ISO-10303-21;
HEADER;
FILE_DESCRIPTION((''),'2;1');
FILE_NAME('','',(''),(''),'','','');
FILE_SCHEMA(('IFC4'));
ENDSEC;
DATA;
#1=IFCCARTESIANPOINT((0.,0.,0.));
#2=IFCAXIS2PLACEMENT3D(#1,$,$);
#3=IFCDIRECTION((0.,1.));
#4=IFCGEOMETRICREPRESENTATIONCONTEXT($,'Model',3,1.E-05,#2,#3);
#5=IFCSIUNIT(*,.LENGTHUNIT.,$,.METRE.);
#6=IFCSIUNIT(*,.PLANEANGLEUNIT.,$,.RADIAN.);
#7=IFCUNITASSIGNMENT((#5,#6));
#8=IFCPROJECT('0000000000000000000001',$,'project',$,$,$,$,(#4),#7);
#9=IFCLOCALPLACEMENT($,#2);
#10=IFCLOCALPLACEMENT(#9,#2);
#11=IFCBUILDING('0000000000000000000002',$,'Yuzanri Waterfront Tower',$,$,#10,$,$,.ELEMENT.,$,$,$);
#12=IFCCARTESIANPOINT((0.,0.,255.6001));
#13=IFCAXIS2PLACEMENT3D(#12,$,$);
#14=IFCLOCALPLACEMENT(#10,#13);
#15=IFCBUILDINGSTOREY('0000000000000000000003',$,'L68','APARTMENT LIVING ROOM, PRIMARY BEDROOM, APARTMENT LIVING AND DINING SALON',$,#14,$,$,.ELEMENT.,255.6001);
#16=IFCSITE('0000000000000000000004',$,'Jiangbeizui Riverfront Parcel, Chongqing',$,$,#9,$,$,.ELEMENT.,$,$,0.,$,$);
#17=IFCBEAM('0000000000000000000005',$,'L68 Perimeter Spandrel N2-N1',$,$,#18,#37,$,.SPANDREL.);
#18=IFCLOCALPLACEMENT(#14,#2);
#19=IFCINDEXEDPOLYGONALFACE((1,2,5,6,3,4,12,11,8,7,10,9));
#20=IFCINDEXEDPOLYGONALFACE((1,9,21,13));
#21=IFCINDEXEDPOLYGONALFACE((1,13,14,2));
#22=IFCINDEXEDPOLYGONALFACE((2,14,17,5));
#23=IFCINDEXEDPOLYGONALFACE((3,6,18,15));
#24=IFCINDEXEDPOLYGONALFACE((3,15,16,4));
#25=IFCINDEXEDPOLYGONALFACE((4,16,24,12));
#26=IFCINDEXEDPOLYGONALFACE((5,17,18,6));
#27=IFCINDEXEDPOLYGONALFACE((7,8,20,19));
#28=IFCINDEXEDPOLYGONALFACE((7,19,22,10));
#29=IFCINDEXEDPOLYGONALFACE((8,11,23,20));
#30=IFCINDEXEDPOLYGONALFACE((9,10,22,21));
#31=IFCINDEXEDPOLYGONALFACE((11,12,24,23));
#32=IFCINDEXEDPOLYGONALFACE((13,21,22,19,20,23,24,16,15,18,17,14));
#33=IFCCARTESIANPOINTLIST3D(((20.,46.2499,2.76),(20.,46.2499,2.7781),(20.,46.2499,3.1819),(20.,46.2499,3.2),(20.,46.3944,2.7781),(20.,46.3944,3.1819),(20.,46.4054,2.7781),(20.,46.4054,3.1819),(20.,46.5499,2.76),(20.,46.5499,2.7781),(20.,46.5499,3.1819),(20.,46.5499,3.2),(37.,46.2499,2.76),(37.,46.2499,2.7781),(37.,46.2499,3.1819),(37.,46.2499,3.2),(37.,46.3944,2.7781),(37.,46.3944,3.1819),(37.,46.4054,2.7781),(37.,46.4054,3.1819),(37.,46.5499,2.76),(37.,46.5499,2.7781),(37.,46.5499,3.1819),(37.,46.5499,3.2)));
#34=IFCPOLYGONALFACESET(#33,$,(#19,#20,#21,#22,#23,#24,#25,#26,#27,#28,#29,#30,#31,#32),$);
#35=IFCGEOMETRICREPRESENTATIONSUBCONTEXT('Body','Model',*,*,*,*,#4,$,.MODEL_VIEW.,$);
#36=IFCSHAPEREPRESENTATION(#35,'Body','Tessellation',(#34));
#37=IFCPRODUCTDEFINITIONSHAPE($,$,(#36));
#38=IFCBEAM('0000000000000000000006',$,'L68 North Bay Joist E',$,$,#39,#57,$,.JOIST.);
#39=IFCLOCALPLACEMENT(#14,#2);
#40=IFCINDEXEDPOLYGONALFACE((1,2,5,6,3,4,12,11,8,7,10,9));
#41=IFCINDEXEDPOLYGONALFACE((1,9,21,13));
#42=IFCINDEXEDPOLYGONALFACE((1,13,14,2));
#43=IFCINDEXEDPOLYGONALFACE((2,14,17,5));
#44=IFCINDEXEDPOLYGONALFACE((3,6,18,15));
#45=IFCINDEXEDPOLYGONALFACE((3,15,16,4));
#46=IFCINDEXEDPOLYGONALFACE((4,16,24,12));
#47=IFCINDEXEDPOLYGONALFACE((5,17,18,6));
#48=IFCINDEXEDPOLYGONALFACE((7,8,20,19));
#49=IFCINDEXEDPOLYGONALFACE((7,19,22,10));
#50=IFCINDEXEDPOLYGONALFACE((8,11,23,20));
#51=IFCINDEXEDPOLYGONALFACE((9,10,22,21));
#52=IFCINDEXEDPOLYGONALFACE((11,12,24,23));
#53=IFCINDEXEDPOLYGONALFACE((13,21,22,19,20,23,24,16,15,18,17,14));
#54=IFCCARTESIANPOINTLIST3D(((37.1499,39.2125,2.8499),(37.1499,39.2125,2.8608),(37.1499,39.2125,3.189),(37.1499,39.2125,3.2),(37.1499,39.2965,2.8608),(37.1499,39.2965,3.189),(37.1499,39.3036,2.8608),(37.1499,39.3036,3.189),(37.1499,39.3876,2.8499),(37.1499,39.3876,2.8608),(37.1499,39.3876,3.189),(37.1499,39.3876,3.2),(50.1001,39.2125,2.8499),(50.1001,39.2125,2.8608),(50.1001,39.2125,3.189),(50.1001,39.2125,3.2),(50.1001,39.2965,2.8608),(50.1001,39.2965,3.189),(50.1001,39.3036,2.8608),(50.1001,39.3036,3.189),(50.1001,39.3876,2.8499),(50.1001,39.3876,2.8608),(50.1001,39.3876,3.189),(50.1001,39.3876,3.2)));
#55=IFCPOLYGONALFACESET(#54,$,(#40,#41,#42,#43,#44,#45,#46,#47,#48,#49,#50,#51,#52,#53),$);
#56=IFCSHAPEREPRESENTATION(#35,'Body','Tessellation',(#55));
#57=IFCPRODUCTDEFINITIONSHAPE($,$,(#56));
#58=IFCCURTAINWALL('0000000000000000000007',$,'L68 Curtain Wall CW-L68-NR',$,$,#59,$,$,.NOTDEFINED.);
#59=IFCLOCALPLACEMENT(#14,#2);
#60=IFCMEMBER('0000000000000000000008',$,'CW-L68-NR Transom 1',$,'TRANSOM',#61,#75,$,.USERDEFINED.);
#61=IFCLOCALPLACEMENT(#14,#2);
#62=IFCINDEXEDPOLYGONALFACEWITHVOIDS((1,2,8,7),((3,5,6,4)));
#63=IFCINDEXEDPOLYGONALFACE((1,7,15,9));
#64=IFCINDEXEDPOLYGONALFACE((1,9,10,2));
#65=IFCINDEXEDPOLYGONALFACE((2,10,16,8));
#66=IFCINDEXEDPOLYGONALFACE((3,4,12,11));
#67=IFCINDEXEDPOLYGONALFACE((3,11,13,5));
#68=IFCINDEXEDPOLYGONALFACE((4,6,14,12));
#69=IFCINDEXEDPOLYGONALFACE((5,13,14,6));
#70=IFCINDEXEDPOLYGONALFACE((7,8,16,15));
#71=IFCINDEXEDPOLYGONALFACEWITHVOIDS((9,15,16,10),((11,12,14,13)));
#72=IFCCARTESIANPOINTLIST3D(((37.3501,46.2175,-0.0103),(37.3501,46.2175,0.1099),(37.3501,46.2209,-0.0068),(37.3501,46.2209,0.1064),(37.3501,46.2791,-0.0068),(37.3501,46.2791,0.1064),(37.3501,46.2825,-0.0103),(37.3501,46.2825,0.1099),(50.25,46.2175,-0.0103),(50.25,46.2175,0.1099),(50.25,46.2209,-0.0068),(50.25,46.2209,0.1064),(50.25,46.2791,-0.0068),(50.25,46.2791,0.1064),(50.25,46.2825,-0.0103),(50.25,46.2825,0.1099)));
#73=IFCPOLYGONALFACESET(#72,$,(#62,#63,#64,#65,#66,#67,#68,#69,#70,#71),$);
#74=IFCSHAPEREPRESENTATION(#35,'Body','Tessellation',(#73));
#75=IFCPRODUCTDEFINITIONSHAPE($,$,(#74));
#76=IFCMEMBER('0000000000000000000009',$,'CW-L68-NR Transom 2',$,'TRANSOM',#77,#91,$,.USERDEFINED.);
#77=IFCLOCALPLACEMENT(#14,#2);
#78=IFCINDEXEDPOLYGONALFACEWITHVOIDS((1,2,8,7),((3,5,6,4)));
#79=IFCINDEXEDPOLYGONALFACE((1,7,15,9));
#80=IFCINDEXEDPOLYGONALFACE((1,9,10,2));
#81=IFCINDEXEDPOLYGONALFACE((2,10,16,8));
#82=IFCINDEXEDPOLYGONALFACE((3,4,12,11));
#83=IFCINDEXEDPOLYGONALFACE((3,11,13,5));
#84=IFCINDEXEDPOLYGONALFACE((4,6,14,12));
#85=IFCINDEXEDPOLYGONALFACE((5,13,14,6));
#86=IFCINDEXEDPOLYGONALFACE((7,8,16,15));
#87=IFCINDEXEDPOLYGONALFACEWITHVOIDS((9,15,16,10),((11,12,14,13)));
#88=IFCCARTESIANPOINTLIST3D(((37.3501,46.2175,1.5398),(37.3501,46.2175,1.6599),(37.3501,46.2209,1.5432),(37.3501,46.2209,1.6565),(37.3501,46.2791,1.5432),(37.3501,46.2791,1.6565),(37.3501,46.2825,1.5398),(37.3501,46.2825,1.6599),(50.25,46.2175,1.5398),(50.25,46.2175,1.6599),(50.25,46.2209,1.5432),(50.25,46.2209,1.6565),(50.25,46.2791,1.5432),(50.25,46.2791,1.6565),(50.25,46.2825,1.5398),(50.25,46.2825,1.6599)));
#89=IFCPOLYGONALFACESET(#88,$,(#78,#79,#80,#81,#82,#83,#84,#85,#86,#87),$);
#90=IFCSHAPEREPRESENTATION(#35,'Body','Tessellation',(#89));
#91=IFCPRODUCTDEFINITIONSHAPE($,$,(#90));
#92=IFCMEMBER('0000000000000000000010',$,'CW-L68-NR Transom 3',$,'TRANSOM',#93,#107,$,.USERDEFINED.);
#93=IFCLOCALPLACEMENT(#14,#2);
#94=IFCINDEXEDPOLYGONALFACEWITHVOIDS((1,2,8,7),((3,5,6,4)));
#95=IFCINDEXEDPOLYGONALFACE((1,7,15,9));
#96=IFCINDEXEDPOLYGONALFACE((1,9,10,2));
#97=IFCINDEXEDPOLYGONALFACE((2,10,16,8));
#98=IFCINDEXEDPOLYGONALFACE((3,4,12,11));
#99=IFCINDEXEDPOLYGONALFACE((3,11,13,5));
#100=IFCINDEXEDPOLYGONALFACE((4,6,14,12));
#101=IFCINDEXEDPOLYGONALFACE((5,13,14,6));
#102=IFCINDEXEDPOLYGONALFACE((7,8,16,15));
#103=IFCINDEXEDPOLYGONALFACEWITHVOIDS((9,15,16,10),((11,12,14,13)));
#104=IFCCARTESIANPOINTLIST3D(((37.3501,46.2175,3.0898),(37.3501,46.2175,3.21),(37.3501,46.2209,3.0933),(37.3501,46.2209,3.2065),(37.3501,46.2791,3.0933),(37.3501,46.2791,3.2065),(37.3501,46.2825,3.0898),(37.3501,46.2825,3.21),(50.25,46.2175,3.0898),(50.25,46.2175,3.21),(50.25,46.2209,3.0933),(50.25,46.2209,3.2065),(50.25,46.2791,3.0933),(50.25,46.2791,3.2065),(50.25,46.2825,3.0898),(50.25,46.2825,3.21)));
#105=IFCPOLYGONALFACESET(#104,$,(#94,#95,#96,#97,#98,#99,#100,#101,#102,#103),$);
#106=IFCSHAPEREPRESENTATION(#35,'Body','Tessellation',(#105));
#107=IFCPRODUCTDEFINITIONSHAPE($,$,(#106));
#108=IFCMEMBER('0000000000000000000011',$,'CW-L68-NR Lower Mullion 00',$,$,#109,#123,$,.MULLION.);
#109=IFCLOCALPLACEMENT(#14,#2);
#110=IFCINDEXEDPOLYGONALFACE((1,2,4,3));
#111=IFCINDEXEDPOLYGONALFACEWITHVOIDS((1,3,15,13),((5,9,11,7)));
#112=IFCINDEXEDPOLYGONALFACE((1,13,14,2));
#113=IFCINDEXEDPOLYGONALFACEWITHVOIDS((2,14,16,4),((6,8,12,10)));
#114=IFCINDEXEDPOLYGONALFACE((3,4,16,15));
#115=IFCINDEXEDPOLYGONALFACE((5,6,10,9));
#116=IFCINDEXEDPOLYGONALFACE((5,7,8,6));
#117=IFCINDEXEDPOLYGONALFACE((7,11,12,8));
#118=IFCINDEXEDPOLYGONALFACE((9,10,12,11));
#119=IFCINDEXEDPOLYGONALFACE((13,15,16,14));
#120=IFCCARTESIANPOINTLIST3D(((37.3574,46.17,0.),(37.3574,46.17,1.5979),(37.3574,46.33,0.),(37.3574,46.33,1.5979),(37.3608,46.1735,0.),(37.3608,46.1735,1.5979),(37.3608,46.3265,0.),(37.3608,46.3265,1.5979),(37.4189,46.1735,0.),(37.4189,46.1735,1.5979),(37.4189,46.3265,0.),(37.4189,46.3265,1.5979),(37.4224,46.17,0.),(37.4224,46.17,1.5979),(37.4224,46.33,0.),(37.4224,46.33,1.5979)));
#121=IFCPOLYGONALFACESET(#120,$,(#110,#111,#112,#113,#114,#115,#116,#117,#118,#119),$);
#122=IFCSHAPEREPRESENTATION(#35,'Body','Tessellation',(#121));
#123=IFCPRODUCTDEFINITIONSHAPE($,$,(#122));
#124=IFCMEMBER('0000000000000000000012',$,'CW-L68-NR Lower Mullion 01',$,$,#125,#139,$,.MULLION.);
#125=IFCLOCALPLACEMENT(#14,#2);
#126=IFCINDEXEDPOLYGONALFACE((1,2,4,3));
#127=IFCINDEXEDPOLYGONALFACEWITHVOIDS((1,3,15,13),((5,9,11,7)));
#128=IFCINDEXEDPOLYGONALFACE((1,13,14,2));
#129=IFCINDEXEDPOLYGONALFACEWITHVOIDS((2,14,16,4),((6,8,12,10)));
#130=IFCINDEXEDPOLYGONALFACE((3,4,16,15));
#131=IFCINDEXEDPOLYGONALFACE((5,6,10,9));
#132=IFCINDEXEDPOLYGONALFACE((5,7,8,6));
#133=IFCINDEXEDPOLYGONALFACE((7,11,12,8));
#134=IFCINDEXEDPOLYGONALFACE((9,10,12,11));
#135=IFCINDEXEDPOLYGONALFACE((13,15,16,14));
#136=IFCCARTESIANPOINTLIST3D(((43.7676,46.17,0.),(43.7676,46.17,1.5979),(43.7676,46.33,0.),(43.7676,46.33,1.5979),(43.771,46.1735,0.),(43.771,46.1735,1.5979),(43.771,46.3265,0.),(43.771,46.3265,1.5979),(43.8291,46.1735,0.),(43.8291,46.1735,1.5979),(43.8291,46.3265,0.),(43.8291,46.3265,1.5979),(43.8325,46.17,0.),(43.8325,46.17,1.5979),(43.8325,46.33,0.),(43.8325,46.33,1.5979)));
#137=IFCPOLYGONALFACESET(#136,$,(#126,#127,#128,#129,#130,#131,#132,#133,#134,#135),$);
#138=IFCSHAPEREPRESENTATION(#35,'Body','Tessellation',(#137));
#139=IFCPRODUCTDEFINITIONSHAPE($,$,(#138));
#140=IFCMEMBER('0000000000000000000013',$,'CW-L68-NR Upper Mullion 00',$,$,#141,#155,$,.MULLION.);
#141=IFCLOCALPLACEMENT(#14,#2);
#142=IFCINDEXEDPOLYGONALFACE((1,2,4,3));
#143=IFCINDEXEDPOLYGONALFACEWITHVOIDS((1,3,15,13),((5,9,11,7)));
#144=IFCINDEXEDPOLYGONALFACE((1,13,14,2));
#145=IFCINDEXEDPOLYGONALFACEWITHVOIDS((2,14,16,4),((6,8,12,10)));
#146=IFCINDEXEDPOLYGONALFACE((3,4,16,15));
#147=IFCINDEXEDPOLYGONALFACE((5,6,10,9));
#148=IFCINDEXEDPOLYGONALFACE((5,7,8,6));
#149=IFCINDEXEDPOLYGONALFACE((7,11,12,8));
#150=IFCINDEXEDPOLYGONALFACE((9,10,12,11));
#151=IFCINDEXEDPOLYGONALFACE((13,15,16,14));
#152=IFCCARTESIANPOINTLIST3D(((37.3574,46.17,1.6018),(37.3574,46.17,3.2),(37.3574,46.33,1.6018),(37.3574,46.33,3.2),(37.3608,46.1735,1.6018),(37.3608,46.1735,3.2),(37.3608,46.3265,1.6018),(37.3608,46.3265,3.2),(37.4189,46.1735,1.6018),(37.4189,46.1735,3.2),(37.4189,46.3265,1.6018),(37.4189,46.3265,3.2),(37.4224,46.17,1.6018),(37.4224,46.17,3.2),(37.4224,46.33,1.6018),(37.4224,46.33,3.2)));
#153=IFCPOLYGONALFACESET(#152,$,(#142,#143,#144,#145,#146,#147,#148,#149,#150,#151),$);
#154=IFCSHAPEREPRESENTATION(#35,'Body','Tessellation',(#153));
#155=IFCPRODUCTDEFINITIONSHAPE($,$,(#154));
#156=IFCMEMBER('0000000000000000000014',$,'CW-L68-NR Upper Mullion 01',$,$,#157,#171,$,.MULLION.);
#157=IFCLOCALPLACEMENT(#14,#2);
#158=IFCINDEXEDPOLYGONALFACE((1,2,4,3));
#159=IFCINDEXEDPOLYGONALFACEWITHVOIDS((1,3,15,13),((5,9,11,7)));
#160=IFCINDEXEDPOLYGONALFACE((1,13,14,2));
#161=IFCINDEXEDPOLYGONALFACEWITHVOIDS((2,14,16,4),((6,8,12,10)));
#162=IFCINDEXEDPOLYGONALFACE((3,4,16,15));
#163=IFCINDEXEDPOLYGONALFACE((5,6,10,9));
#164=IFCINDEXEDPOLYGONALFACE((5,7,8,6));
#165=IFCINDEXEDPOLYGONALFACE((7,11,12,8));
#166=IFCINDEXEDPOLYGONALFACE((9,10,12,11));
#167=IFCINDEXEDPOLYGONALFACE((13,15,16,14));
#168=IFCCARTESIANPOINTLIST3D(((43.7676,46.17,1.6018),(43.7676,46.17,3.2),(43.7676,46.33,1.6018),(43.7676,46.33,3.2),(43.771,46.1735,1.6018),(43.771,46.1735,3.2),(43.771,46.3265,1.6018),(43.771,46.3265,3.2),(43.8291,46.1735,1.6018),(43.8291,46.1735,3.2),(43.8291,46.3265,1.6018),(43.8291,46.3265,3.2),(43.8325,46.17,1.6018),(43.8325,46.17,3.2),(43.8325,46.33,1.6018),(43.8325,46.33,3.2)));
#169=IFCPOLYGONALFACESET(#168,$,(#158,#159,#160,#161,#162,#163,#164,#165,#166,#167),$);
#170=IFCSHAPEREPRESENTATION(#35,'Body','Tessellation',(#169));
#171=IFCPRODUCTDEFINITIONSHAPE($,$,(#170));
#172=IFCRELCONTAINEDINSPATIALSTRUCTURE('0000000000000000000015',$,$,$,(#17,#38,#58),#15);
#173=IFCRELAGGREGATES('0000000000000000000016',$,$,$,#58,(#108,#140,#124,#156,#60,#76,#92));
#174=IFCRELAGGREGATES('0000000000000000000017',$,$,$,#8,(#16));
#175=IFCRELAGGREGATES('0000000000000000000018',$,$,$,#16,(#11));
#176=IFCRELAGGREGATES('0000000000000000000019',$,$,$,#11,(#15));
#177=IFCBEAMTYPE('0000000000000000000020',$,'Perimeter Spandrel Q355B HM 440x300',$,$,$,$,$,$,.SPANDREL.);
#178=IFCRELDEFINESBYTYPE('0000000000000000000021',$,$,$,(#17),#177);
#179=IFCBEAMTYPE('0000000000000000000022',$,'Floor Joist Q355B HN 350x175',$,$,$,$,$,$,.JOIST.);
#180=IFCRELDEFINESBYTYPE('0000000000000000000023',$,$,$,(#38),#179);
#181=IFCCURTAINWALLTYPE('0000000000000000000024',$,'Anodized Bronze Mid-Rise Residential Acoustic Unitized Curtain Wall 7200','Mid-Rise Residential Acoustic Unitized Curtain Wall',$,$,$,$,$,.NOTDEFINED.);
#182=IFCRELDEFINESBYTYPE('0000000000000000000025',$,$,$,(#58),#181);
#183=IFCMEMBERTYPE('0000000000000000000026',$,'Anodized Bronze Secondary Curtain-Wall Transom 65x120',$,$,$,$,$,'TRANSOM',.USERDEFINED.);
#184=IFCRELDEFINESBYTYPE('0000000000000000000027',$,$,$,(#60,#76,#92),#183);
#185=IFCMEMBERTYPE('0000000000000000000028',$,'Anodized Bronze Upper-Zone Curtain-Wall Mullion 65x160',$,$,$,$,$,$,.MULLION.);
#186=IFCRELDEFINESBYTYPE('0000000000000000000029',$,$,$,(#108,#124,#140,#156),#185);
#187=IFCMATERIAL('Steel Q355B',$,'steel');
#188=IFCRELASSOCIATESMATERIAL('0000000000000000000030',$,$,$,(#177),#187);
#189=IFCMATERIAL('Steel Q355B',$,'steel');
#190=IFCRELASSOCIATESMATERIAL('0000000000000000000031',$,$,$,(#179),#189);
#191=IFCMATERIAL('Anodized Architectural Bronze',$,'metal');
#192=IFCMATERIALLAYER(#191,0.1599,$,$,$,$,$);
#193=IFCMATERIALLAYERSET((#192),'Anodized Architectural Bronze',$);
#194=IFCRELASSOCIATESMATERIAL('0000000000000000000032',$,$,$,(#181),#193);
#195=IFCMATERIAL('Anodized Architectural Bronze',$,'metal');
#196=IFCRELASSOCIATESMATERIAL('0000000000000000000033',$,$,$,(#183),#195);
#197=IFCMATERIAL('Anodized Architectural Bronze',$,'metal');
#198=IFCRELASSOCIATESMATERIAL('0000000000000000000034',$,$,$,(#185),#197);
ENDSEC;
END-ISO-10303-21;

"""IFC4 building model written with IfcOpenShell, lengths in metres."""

from ifc_helpers import new_model, si_unit, direction, frame, origin, origin_2d, place, context, subcontext, project, spatial, hollow_rectangle, i_section, extrude, source, transform, mapped, material, layer, layer_set, material_profile, profile_set, type_object, element, aggregate, save


model = new_model("IFC4")

# Units and contexts
model_context = context("Model", 3, precision=1e-05, world=origin(), true_north=direction((0.0, 1.0)))
body_context = subcontext(model_context, "Body", "Model", "MODEL_VIEW")
ifc_project = project(units=[si_unit("LENGTHUNIT", "METRE"), si_unit("PLANEANGLEUNIT", "RADIAN")], contexts=[model_context])

# Site, building, storey
site_placement = place(None, origin())
site = spatial("IfcSite", under=ifc_project, at=site_placement, Name="Jiangbeizui Riverfront Parcel, Chongqing", CompositionType="ELEMENT", RefElevation=0.0)
building_placement = place(site_placement, origin())
building = spatial("IfcBuilding", under=site, at=building_placement, Name="Yuzanri Waterfront Tower", CompositionType="ELEMENT")
storey_placement = place(building_placement, frame((0.0, 0.0, 255.6001)))
storey = spatial("IfcBuildingStorey", under=building, at=storey_placement, Name="L68", Description="APARTMENT LIVING ROOM, PRIMARY BEDROOM, APARTMENT LIVING AND DINING SALON", CompositionType="ELEMENT", Elevation=255.6001)

# Beams
ifc_material_1 = material(Name="Steel Q355B", Category="steel")
ifc_material_profile_1 = material_profile(ifc_material_1, i_section(OverallWidth=0.3, OverallDepth=0.4399, WebThickness=0.011, FlangeThickness=0.0181, at=origin_2d()), Name="HM 440x300x11x18")
ifc_profile_set_1 = profile_set([ifc_material_profile_1], Name="Steel Q355B")
beam_type_1 = type_object("IfcBeamType", Name="Perimeter Spandrel Q355B HM 440x300", PredefinedType="SPANDREL", material=ifc_profile_set_1)
shared_shape_1 = source(origin(), body_context, "Body", "SweptSolid", [
    extrude(i_section(OverallWidth=0.3, OverallDepth=0.4399, WebThickness=0.011, FlangeThickness=0.0181, at=origin_2d()), origin(), (0.0, 0.0, 1.0), 17.0),
])
beam_1_placement = place(storey_placement, frame((37.0, 46.3999, 2.98), z_axis=(-1.0, 0.0, 0.0), x_axis=(0.0, -1.0, 0.0)))
element("IfcBeam", 1, at=beam_1_placement, inside=storey, type_object=beam_type_1, Name="L68 Perimeter Spandrel N2-N1", PredefinedType="SPANDREL", context=body_context, shape_type="MappedRepresentation", body=[
    mapped(shared_shape_1, transform((0.0, 0.0, 0.0), scale=1.0)),
])
ifc_material_2 = material(Name="Steel Q355B", Category="steel")
ifc_material_profile_2 = material_profile(ifc_material_2, i_section(OverallWidth=0.175, OverallDepth=0.3501, WebThickness=0.0071, FlangeThickness=0.011, at=origin_2d()), Name="HN 350x175x7x11")
ifc_profile_set_2 = profile_set([ifc_material_profile_2], Name="Steel Q355B")
beam_type_2 = type_object("IfcBeamType", Name="Floor Joist Q355B HN 350x175", PredefinedType="JOIST", material=ifc_profile_set_2)
shared_shape_2 = source(origin(), body_context, "Body", "SweptSolid", [
    extrude(i_section(OverallWidth=0.175, OverallDepth=0.3501, WebThickness=0.0071, FlangeThickness=0.011, at=origin_2d()), origin(), (0.0, 0.0, 1.0), 12.9502),
])
beam_2_placement = place(storey_placement, frame((37.1499, 39.3, 3.0249), z_axis=(1.0, 0.0, 0.0), x_axis=(0.0, 1.0, 0.0)))
element("IfcBeam", 2, at=beam_2_placement, inside=storey, type_object=beam_type_2, Name="L68 North Bay Joist E", PredefinedType="JOIST", context=body_context, shape_type="MappedRepresentation", body=[
    mapped(shared_shape_2, transform((0.0, 0.0, 0.0), scale=1.0)),
])

# Curtain wall, members
ifc_material_3 = material(Name="Anodized Architectural Bronze", Category="metal")
ifc_layer_1 = layer(ifc_material_3, 0.1599)
ifc_layer_set_1 = layer_set([ifc_layer_1], Name="Anodized Architectural Bronze")
curtain_wall_type = type_object("IfcCurtainWallType", Name="Anodized Bronze Mid-Rise Residential Acoustic Unitized Curtain Wall 7200", Description="Mid-Rise Residential Acoustic Unitized Curtain Wall", PredefinedType="NOTDEFINED", material=ifc_layer_set_1)
curtain_wall_placement = place(storey_placement, origin())
curtain_wall = element("IfcCurtainWall", 3, at=curtain_wall_placement, inside=storey, type_object=curtain_wall_type, Name="L68 Curtain Wall CW-L68-NR", PredefinedType="NOTDEFINED")
ifc_material_4 = material(Name="Anodized Architectural Bronze", Category="metal")
ifc_material_profile_3 = material_profile(ifc_material_4, hollow_rectangle(XDim=0.0649, YDim=0.1201, WallThickness=0.0034, at=origin_2d()), Name="CWT 65x120")
ifc_profile_set_3 = profile_set([ifc_material_profile_3], Name="Anodized Architectural Bronze")
member_type_1 = type_object("IfcMemberType", Name="Anodized Bronze Secondary Curtain-Wall Transom 65x120", ElementType="TRANSOM", PredefinedType="USERDEFINED", material=ifc_profile_set_3)
shared_shape_3 = source(origin(), body_context, "Body", "SweptSolid", [
    extrude(hollow_rectangle(XDim=0.0649, YDim=0.1201, WallThickness=0.0034, at=origin_2d()), origin(), (0.0, 0.0, 1.0), 12.8999),
])
member_1_placement = place(storey_placement, frame((37.3501, 46.25, 0.0498), z_axis=(1.0, 0.0, 0.0), x_axis=(0.0, 1.0, 0.0)))
member_1 = element("IfcMember", 4, at=member_1_placement, type_object=member_type_1, Name="CW-L68-NR Transom 1", ObjectType="TRANSOM", PredefinedType="USERDEFINED", context=body_context, shape_type="MappedRepresentation", body=[
    mapped(shared_shape_3, transform((0.0, 0.0, 0.0), scale=1.0)),
])
member_2_placement = place(storey_placement, frame((37.3501, 46.25, 1.5999), z_axis=(1.0, 0.0, 0.0), x_axis=(0.0, 1.0, 0.0)))
member_2 = element("IfcMember", 5, at=member_2_placement, type_object=member_type_1, Name="CW-L68-NR Transom 2", ObjectType="TRANSOM", PredefinedType="USERDEFINED", context=body_context, shape_type="MappedRepresentation", body=[
    mapped(shared_shape_3, transform((0.0, 0.0, 0.0), scale=1.0)),
])
member_3_placement = place(storey_placement, frame((37.3501, 46.25, 3.1499), z_axis=(1.0, 0.0, 0.0), x_axis=(0.0, 1.0, 0.0)))
member_3 = element("IfcMember", 6, at=member_3_placement, type_object=member_type_1, Name="CW-L68-NR Transom 3", ObjectType="TRANSOM", PredefinedType="USERDEFINED", context=body_context, shape_type="MappedRepresentation", body=[
    mapped(shared_shape_3, transform((0.0, 0.0, 0.0), scale=1.0)),
])
ifc_material_5 = material(Name="Anodized Architectural Bronze", Category="metal")
ifc_material_profile_4 = material_profile(ifc_material_5, hollow_rectangle(XDim=0.0649, YDim=0.1599, WallThickness=0.0034, at=origin_2d()), Name="CWM 65x160")
ifc_profile_set_4 = profile_set([ifc_material_profile_4], Name="Anodized Architectural Bronze")
member_type_2 = type_object("IfcMemberType", Name="Anodized Bronze Upper-Zone Curtain-Wall Mullion 65x160", PredefinedType="MULLION", material=ifc_profile_set_4)
shared_shape_4 = source(origin(), body_context, "Body", "SweptSolid", [
    extrude(hollow_rectangle(XDim=0.0649, YDim=0.1599, WallThickness=0.0034, at=origin_2d()), origin(), (0.0, 0.0, 1.0), 1.5979),
])
member_4_placement = place(storey_placement, frame((37.3899, 46.25, 0.0), z_axis=(0.0, 0.0, 1.0), x_axis=(1.0, 0.0, 0.0)))
member_4 = element("IfcMember", 7, at=member_4_placement, type_object=member_type_2, Name="CW-L68-NR Lower Mullion 00", PredefinedType="MULLION", context=body_context, shape_type="MappedRepresentation", body=[
    mapped(shared_shape_4, transform((0.0, 0.0, 0.0), scale=1.0)),
])
member_5_placement = place(storey_placement, frame((43.8, 46.25, 0.0), z_axis=(0.0, 0.0, 1.0), x_axis=(1.0, 0.0, 0.0)))
member_5 = element("IfcMember", 8, at=member_5_placement, type_object=member_type_2, Name="CW-L68-NR Lower Mullion 01", PredefinedType="MULLION", context=body_context, shape_type="MappedRepresentation", body=[
    mapped(shared_shape_4, transform((0.0, 0.0, 0.0), scale=1.0)),
])
shared_shape_5 = source(origin(), body_context, "Body", "SweptSolid", [
    extrude(hollow_rectangle(XDim=0.0649, YDim=0.1599, WallThickness=0.0034, at=origin_2d()), origin(), (0.0, 0.0, 1.0), 1.5981),
])
member_6_placement = place(storey_placement, frame((37.3899, 46.25, 1.6018), z_axis=(0.0, 0.0, 1.0), x_axis=(1.0, 0.0, 0.0)))
member_6 = element("IfcMember", 9, at=member_6_placement, type_object=member_type_2, Name="CW-L68-NR Upper Mullion 00", PredefinedType="MULLION", context=body_context, shape_type="MappedRepresentation", body=[
    mapped(shared_shape_5, transform((0.0, 0.0, 0.0), scale=1.0)),
])
member_7_placement = place(storey_placement, frame((43.8, 46.25, 1.6018), z_axis=(0.0, 0.0, 1.0), x_axis=(1.0, 0.0, 0.0)))
member_7 = element("IfcMember", 10, at=member_7_placement, type_object=member_type_2, Name="CW-L68-NR Upper Mullion 01", PredefinedType="MULLION", context=body_context, shape_type="MappedRepresentation", body=[
    mapped(shared_shape_5, transform((0.0, 0.0, 0.0), scale=1.0)),
])
aggregate(curtain_wall, [member_4, member_6, member_5, member_7, member_1, member_2, member_3])

save(model, "model.ifc")
